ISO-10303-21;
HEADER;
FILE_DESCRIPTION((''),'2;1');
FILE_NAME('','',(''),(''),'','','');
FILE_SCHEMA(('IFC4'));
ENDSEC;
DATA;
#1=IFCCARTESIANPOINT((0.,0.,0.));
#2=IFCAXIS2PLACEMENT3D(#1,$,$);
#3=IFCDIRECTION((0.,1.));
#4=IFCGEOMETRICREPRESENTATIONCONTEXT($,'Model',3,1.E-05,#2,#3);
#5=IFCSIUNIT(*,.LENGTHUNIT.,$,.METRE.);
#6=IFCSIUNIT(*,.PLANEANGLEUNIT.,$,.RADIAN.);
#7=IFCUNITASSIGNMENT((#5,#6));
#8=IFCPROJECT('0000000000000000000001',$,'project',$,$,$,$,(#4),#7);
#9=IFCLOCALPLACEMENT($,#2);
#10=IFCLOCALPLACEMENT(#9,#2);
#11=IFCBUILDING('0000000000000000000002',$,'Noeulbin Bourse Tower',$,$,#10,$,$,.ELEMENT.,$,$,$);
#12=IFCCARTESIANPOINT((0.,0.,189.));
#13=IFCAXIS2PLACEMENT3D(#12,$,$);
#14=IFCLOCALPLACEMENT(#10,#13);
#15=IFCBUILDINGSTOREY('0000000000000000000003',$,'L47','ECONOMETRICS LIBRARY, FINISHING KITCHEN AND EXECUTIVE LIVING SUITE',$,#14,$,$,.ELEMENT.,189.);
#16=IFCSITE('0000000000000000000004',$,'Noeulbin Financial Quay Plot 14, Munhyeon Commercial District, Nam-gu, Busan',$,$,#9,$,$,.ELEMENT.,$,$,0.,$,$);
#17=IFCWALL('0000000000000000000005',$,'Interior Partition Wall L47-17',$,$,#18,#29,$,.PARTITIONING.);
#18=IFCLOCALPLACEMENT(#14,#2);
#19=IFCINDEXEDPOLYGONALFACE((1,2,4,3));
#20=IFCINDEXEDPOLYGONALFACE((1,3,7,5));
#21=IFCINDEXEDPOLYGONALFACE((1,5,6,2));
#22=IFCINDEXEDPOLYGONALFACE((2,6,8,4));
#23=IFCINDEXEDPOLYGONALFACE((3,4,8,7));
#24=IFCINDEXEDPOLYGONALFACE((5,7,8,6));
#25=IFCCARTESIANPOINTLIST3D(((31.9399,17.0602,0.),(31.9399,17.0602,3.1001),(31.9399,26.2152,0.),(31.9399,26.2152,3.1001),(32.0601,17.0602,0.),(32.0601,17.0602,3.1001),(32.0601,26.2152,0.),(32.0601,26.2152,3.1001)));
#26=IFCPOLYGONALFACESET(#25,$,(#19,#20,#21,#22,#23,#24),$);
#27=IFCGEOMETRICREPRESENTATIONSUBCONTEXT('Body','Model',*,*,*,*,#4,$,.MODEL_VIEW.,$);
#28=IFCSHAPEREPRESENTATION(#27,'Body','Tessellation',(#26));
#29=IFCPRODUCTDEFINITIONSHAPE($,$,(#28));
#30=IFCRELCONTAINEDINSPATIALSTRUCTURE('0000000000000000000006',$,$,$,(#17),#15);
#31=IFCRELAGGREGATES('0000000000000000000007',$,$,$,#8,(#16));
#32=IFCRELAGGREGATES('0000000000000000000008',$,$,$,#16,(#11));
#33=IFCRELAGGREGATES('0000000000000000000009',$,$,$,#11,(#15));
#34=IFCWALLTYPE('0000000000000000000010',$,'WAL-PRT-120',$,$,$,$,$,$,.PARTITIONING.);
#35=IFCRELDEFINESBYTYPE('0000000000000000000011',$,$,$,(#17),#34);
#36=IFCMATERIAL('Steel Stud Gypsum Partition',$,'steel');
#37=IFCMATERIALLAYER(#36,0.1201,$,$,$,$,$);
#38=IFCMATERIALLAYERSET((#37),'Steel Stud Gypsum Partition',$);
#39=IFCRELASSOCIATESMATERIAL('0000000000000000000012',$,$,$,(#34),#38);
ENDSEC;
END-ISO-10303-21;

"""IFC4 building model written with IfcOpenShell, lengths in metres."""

from ifc_helpers import new_model, si_unit, direction, frame, frame_2d, origin, place, context, subcontext, project, spatial, rectangle, extrude, material, layer, layer_set, type_object, element, save


model = new_model("IFC4")

# Units and contexts
model_context = context("Model", 3, precision=1e-05, world=origin(), true_north=direction((0.0, 1.0)))
body_context = subcontext(model_context, "Body", "Model", "MODEL_VIEW")
ifc_project = project(units=[si_unit("LENGTHUNIT", "METRE"), si_unit("PLANEANGLEUNIT", "RADIAN")], contexts=[model_context])

# Site, building, storey
site_placement = place(None, origin())
site = spatial("IfcSite", under=ifc_project, at=site_placement, Name="Noeulbin Financial Quay Plot 14, Munhyeon Commercial District, Nam-gu, Busan", CompositionType="ELEMENT", RefElevation=0.0)
building_placement = place(site_placement, origin())
building = spatial("IfcBuilding", under=site, at=building_placement, Name="Noeulbin Bourse Tower", CompositionType="ELEMENT")
storey_placement = place(building_placement, frame((0.0, 0.0, 189.0)))
storey = spatial("IfcBuildingStorey", under=building, at=storey_placement, Name="L47", Description="ECONOMETRICS LIBRARY, FINISHING KITCHEN AND EXECUTIVE LIVING SUITE", CompositionType="ELEMENT", Elevation=189.0)

# Wall
ifc_material_1 = material(Name="Steel Stud Gypsum Partition", Category="steel")
ifc_layer_1 = layer(ifc_material_1, 0.1201)
ifc_layer_set_1 = layer_set([ifc_layer_1], Name="Steel Stud Gypsum Partition")
wall_type = type_object("IfcWallType", Name="WAL-PRT-120", PredefinedType="PARTITIONING", material=ifc_layer_set_1)
wall_placement = place(storey_placement, frame((32.0, 17.0601, 0.0), z_axis=(0.0, 0.0, 1.0), x_axis=(0.0, 1.0, 0.0)))
element("IfcWall", 1, at=wall_placement, inside=storey, type_object=wall_type, Name="Interior Partition Wall L47-17", PredefinedType="PARTITIONING", context=body_context, shape_type="SweptSolid", body=[
    extrude(rectangle(XDim=9.155, YDim=0.1201, at=frame_2d((4.5776, 0.0))), origin(), (0.0, 0.0, 1.0), 3.1001),
])

save(model, "model.ifc")
